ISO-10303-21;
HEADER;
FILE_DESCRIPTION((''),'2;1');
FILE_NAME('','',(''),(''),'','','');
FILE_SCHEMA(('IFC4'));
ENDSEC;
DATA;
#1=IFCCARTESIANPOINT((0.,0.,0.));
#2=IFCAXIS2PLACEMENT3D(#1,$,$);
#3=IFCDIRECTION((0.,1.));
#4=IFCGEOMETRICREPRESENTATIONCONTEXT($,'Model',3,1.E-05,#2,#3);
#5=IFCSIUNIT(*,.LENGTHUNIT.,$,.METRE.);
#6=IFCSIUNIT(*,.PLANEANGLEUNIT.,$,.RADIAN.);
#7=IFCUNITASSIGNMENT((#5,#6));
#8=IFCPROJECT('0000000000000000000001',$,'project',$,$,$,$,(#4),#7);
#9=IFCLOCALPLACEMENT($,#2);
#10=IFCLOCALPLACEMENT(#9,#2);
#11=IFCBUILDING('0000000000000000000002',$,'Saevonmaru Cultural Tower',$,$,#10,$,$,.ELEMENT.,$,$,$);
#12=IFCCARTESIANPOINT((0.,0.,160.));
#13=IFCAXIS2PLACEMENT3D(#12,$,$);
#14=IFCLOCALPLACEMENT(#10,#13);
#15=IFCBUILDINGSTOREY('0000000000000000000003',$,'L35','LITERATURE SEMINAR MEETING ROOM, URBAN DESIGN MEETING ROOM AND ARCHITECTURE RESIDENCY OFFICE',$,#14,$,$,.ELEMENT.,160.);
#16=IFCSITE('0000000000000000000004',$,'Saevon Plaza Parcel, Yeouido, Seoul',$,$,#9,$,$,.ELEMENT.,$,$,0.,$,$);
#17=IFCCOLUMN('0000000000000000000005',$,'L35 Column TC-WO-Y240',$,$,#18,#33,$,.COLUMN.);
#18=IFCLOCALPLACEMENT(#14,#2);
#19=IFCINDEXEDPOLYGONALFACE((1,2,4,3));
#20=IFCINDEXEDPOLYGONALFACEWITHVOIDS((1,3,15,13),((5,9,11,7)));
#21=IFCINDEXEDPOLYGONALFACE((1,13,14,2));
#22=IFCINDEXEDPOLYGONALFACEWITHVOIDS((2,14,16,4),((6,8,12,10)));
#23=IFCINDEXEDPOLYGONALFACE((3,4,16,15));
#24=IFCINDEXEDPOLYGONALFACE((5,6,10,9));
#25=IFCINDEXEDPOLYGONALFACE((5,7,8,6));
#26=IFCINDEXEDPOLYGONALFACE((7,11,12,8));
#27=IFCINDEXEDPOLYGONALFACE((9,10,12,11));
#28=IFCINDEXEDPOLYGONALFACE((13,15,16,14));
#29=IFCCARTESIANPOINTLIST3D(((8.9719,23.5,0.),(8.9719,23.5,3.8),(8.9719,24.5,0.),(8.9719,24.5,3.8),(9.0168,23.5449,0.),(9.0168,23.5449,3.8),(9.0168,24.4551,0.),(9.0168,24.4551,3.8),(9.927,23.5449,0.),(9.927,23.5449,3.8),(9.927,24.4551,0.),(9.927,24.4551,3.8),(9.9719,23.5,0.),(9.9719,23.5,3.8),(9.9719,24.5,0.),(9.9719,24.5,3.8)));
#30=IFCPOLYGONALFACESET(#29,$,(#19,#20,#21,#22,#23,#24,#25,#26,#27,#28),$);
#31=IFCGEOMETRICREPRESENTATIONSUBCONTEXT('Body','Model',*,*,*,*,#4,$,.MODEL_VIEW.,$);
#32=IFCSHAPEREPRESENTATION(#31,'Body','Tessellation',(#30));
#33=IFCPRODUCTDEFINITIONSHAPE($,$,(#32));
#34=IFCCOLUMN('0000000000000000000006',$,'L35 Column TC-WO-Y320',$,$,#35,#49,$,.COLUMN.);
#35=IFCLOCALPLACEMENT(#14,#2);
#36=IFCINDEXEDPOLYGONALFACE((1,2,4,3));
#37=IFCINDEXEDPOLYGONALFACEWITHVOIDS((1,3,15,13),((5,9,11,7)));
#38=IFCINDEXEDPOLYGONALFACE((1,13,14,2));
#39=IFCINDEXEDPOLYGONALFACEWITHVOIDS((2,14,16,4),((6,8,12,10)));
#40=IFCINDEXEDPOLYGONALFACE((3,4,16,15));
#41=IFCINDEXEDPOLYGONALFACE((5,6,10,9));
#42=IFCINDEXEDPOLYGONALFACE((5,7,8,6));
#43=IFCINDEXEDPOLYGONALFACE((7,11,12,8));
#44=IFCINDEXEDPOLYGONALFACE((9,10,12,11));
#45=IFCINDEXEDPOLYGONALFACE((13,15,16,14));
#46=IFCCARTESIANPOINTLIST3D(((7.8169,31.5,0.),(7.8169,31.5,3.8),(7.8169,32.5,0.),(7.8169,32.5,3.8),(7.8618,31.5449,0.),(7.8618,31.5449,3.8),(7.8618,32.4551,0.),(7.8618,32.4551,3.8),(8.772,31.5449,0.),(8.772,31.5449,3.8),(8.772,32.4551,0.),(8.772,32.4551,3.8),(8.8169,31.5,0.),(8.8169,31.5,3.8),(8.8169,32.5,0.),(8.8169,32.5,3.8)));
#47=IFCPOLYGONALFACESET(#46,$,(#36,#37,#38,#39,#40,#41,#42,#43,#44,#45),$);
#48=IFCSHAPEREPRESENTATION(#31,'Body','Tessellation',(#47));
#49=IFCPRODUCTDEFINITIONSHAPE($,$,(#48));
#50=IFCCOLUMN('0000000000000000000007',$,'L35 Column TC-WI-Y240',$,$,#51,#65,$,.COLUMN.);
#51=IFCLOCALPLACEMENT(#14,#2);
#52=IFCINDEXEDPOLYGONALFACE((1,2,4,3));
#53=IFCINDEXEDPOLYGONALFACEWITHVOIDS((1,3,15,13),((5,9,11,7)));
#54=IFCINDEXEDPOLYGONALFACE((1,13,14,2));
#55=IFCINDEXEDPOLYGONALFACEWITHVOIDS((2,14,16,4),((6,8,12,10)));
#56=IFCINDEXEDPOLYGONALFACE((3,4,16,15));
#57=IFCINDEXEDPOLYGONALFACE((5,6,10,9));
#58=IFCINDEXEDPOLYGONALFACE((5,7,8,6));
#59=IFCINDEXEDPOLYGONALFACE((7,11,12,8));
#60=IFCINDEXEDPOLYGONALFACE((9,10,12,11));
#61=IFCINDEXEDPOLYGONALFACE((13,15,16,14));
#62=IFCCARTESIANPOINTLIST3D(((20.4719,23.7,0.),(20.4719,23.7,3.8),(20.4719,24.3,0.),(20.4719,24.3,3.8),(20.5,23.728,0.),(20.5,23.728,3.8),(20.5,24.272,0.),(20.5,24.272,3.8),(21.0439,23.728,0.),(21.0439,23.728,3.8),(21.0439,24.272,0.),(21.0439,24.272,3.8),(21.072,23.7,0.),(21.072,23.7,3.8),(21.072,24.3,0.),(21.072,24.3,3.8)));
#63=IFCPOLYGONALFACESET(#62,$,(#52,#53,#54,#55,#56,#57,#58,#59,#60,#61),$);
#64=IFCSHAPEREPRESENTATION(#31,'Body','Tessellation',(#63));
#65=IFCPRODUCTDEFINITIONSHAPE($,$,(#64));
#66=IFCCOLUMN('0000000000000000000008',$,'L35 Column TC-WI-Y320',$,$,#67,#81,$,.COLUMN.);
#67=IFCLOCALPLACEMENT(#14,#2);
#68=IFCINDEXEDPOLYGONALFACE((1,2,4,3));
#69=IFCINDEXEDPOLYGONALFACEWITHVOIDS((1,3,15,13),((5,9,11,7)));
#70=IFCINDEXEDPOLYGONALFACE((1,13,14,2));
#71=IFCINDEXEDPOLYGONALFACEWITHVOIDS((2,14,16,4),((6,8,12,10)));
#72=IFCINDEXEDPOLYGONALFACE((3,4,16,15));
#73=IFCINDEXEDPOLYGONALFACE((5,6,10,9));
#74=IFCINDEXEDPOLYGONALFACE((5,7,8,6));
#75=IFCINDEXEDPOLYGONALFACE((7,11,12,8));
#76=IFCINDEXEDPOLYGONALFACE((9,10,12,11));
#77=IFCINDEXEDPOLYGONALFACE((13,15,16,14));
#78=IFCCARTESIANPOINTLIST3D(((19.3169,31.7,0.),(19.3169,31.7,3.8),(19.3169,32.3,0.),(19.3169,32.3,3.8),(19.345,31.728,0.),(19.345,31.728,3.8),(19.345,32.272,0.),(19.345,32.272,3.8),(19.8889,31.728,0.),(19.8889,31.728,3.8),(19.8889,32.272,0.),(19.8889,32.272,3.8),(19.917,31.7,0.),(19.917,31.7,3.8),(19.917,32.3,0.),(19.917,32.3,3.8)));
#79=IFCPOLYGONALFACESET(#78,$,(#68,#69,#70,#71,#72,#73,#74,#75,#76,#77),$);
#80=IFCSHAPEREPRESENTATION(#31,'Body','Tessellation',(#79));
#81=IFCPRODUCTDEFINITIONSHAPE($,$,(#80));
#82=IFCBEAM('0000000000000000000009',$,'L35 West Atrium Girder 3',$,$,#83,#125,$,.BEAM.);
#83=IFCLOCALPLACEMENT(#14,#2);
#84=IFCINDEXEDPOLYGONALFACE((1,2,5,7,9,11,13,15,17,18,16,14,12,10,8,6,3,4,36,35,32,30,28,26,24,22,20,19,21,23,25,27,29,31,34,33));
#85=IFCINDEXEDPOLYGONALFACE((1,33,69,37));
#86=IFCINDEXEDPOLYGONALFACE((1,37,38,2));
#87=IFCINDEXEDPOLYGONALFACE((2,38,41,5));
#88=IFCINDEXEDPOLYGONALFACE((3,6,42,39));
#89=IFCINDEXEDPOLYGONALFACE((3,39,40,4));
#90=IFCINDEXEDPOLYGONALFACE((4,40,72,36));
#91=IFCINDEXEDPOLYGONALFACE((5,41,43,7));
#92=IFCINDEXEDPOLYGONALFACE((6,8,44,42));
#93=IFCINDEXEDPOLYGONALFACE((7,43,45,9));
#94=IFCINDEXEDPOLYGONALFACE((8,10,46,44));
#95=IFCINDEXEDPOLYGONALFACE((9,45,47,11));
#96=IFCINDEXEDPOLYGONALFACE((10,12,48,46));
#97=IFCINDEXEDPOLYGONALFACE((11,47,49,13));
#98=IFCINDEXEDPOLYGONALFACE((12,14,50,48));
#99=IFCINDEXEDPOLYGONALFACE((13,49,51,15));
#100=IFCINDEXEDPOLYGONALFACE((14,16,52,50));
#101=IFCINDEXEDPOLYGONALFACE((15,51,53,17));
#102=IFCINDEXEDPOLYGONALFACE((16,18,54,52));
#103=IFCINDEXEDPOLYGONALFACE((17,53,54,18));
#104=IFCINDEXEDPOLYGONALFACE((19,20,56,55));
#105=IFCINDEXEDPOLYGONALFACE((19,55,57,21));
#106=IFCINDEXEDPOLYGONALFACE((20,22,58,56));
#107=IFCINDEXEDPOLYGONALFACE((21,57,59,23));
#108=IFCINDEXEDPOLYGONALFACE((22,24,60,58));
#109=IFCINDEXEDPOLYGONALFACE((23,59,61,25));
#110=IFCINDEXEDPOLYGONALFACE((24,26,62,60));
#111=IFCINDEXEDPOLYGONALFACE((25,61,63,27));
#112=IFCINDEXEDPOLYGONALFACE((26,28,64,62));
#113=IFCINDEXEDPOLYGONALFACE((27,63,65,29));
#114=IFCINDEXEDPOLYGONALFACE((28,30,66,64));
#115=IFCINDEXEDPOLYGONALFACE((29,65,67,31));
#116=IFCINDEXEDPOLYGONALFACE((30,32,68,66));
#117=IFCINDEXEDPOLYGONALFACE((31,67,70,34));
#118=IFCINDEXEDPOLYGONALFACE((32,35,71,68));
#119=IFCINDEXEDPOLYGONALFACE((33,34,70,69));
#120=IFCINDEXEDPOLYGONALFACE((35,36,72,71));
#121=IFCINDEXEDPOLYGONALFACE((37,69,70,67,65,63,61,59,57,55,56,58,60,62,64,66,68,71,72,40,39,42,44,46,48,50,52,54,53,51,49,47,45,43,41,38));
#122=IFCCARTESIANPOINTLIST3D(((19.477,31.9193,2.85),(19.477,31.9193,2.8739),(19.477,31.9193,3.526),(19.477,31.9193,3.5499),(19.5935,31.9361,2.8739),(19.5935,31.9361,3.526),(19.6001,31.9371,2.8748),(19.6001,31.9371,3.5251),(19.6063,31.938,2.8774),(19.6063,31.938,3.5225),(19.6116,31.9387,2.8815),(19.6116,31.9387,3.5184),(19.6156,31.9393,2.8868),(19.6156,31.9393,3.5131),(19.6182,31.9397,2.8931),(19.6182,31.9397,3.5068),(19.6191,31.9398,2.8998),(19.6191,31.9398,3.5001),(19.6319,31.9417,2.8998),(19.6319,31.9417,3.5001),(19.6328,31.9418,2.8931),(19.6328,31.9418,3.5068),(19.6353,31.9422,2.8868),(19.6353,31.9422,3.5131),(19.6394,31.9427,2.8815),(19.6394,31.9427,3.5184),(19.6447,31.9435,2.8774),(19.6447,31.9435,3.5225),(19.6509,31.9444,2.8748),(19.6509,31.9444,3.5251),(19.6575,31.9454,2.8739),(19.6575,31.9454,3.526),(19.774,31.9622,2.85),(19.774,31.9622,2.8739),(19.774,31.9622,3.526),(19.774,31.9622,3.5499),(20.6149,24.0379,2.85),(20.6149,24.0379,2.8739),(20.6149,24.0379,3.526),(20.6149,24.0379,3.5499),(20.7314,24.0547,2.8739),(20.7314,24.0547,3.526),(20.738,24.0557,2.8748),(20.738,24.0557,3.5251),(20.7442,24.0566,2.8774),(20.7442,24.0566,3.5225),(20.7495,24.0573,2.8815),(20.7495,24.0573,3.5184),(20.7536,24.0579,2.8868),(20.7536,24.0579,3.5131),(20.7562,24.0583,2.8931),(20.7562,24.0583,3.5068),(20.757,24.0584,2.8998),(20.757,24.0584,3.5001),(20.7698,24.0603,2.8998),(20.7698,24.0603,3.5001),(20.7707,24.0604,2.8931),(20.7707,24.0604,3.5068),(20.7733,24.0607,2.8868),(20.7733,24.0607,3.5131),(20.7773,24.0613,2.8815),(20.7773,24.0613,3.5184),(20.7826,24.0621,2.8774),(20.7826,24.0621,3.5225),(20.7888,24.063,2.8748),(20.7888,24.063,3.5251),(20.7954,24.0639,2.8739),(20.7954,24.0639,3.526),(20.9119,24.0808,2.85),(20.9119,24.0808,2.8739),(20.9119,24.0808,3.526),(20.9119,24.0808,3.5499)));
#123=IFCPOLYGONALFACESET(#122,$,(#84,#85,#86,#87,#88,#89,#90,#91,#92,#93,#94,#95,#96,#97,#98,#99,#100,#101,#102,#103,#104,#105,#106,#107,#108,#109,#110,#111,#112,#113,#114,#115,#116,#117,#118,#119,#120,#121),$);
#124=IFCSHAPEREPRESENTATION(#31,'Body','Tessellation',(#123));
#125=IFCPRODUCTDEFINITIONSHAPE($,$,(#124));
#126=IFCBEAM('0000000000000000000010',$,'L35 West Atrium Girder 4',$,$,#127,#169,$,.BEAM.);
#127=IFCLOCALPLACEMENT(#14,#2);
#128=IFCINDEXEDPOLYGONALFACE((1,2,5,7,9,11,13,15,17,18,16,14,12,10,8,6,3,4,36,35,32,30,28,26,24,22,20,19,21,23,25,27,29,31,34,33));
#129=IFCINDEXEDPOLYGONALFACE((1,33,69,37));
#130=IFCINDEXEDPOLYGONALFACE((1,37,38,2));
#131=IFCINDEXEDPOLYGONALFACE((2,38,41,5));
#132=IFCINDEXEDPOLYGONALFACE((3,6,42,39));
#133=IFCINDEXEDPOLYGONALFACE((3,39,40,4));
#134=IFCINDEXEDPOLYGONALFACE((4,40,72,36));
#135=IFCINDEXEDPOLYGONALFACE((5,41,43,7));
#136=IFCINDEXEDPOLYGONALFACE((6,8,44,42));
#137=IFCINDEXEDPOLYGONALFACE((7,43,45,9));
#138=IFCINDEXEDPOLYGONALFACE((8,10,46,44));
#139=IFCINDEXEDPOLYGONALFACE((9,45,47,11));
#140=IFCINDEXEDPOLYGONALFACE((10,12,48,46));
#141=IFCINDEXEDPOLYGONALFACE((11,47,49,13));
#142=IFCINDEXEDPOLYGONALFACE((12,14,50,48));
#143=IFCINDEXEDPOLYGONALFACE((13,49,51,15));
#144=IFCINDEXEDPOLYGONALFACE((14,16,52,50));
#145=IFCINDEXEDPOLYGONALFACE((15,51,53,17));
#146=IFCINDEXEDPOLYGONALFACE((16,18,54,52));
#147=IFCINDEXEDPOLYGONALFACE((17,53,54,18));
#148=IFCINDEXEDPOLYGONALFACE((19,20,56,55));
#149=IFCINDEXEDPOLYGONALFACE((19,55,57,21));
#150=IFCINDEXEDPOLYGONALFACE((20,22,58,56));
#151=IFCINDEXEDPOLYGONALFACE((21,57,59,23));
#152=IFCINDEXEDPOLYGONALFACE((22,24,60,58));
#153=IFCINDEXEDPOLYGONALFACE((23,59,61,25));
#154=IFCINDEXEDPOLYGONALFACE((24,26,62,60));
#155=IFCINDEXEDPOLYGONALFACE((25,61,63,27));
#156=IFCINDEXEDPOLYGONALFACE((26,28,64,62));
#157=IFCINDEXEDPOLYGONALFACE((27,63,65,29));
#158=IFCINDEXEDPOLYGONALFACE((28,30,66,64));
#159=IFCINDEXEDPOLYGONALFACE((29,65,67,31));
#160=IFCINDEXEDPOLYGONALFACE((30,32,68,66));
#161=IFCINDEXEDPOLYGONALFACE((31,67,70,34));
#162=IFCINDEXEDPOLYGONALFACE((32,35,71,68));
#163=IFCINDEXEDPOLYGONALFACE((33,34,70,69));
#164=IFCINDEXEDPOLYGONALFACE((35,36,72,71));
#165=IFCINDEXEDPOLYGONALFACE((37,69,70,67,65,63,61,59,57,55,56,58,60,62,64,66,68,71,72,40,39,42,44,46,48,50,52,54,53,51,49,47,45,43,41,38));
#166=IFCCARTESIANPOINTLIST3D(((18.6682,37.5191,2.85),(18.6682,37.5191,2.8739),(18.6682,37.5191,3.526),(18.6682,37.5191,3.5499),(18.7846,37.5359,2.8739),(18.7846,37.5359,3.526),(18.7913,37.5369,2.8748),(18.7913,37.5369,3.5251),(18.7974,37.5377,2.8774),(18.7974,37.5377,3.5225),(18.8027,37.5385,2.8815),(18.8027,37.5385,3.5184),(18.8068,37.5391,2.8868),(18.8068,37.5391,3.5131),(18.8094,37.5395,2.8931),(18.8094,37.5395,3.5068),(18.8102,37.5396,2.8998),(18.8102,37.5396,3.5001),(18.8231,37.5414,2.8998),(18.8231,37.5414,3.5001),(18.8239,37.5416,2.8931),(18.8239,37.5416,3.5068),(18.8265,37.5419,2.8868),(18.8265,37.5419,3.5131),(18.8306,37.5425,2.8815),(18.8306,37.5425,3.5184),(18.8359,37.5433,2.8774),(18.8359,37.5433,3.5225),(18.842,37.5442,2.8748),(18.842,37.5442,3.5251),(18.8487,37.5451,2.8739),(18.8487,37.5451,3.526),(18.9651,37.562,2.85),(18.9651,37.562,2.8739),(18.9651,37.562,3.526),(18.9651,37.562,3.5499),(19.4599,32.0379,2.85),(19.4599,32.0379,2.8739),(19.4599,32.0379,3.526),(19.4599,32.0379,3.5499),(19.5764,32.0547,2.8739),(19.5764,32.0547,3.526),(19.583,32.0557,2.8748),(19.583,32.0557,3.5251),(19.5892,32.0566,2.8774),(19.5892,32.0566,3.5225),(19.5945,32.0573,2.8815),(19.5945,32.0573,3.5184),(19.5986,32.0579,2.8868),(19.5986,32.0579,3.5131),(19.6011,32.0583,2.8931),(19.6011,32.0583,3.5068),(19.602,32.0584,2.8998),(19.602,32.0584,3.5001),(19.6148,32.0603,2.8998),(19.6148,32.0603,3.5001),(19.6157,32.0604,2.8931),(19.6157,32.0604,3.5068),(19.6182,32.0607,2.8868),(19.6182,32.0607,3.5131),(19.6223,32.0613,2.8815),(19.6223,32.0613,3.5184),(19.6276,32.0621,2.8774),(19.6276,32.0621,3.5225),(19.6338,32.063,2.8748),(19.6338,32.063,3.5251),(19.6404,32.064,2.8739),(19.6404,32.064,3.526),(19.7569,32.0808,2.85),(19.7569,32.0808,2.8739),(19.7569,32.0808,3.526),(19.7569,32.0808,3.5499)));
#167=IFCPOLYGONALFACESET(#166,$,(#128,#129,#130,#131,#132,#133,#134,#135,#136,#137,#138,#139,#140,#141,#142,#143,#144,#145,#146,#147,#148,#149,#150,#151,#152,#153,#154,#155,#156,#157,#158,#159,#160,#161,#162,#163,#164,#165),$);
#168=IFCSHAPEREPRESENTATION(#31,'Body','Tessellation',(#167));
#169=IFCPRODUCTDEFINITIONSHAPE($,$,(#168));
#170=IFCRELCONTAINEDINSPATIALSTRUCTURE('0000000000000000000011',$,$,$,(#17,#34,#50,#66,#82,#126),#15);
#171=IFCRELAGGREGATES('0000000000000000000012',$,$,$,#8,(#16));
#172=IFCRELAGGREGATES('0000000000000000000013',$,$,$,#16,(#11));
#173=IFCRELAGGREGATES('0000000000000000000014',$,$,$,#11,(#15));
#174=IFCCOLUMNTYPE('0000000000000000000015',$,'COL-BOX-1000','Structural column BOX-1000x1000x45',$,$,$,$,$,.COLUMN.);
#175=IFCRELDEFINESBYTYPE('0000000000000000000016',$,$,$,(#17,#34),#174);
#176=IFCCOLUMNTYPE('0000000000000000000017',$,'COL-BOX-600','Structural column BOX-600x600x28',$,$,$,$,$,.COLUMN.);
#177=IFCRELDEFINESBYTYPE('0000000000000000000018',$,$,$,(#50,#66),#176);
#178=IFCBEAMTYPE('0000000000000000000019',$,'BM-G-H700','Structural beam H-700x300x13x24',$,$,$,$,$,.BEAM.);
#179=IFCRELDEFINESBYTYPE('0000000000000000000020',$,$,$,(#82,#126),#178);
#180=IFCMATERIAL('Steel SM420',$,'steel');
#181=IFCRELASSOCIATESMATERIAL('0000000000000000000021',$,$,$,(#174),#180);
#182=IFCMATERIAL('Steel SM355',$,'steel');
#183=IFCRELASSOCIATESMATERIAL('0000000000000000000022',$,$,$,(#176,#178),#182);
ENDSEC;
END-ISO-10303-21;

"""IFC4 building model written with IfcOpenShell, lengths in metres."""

from ifc_helpers import new_model, si_unit, direction, frame, origin, origin_2d, place, context, subcontext, project, spatial, hollow_rectangle, i_section, extrude, material, material_profile, profile_set, type_object, element, save


model = new_model("IFC4")

# Units and contexts
model_context = context("Model", 3, precision=1e-05, world=origin(), true_north=direction((0.0, 1.0)))
body_context = subcontext(model_context, "Body", "Model", "MODEL_VIEW")
ifc_project = project(units=[si_unit("LENGTHUNIT", "METRE"), si_unit("PLANEANGLEUNIT", "RADIAN")], contexts=[model_context])

# Site, building, storey
site_placement = place(None, origin())
site = spatial("IfcSite", under=ifc_project, at=site_placement, Name="Saevon Plaza Parcel, Yeouido, Seoul", CompositionType="ELEMENT", RefElevation=0.0)
building_placement = place(site_placement, origin())
building = spatial("IfcBuilding", under=site, at=building_placement, Name="Saevonmaru Cultural Tower", CompositionType="ELEMENT")
storey_placement = place(building_placement, frame((0.0, 0.0, 160.0)))
storey = spatial("IfcBuildingStorey", under=building, at=storey_placement, Name="L35", Description="LITERATURE SEMINAR MEETING ROOM, URBAN DESIGN MEETING ROOM AND ARCHITECTURE RESIDENCY OFFICE", CompositionType="ELEMENT", Elevation=160.0)

# Columns
ifc_material_1 = material(Name="Steel SM420", Category="steel")
ifc_material_profile_1 = material_profile(ifc_material_1, hollow_rectangle(XDim=1.0, YDim=1.0, WallThickness=0.0449, at=origin_2d()), Name="BOX-1000x1000x45")
ifc_profile_set_1 = profile_set([ifc_material_profile_1], Name="Steel SM420")
column_type_1 = type_object("IfcColumnType", Name="COL-BOX-1000", Description="Structural column BOX-1000x1000x45", PredefinedType="COLUMN", material=ifc_profile_set_1)
for number, where, z_axis, x_axis, name in (
    (1, (9.4719, 24.0, 0.0), (0.0, 0.0, 1.0), (1.0, 0.0, 0.0), "L35 Column TC-WO-Y240"),
    (2, (8.3169, 32.0, 0.0), (0.0, 0.0, 1.0), (1.0, 0.0, 0.0), "L35 Column TC-WO-Y320"),
):
    element("IfcColumn", number, at=place(storey_placement, frame(where, z_axis=z_axis, x_axis=x_axis)), inside=storey, type_object=column_type_1, Name=name, PredefinedType="COLUMN", context=body_context, shape_type="SweptSolid", body=[
        extrude(hollow_rectangle(XDim=1.0, YDim=1.0, WallThickness=0.0449, at=origin_2d()), origin(), (0.0, 0.0, 1.0), 3.8),
    ])
ifc_material_2 = material(Name="Steel SM355", Category="steel")
ifc_material_profile_2 = material_profile(ifc_material_2, hollow_rectangle(XDim=0.6001, YDim=0.6001, WallThickness=0.0281, at=origin_2d()), Name="BOX-600x600x28")
ifc_profile_set_2 = profile_set([ifc_material_profile_2], Name="Steel SM355")
column_type_2 = type_object("IfcColumnType", Name="COL-BOX-600", Description="Structural column BOX-600x600x28", PredefinedType="COLUMN", material=ifc_profile_set_2)
for number, where, z_axis, x_axis, name in (
    (3, (20.772, 24.0, 0.0), (0.0, 0.0, 1.0), (1.0, 0.0, 0.0), "L35 Column TC-WI-Y240"),
    (4, (19.6169, 32.0, 0.0), (0.0, 0.0, 1.0), (1.0, 0.0, 0.0), "L35 Column TC-WI-Y320"),
):
    element("IfcColumn", number, at=place(storey_placement, frame(where, z_axis=z_axis, x_axis=x_axis)), inside=storey, type_object=column_type_2, Name=name, PredefinedType="COLUMN", context=body_context, shape_type="SweptSolid", body=[
        extrude(hollow_rectangle(XDim=0.6001, YDim=0.6001, WallThickness=0.0281, at=origin_2d()), origin(), (0.0, 0.0, 1.0), 3.8),
    ])

# Beams
ifc_material_profile_3 = material_profile(ifc_material_2, i_section(OverallWidth=0.3, OverallDepth=0.7, WebThickness=0.0129, FlangeThickness=0.0239, FilletRadius=0.0259, at=origin_2d()), Name="H-700x300x13x24")
ifc_profile_set_3 = profile_set([ifc_material_profile_3], Name="Steel SM355")
beam_type_1 = type_object("IfcBeamType", Name="BM-G-H700", Description="Structural beam H-700x300x13x24", PredefinedType="BEAM", material=ifc_profile_set_3)
beam_1_placement = place(storey_placement, frame((20.7634, 24.0593, 3.2), z_axis=(-0.142902, 0.989737, 0.0), x_axis=(-0.989737, -0.142902, 0.0)))
element("IfcBeam", 5, at=beam_1_placement, inside=storey, type_object=beam_type_1, Name="L35 West Atrium Girder 3", PredefinedType="BEAM", context=body_context, shape_type="SweptSolid", body=[
    extrude(i_section(OverallWidth=0.3, OverallDepth=0.7, WebThickness=0.0129, FlangeThickness=0.0239, FilletRadius=0.0259, at=origin_2d()), origin(), (0.0, 0.0, 1.0), 7.9631),
])
beam_2_placement = place(storey_placement, frame((19.6084, 32.0593, 3.2), z_axis=(-0.142964, 0.989728, 0.0), x_axis=(-0.989728, -0.142964, 0.0)))
element("IfcBeam", 6, at=beam_2_placement, inside=storey, type_object=beam_type_1, Name="L35 West Atrium Girder 4", PredefinedType="BEAM", context=body_context, shape_type="SweptSolid", body=[
    extrude(i_section(OverallWidth=0.3, OverallDepth=0.7, WebThickness=0.0129, FlangeThickness=0.0239, FilletRadius=0.0259, at=origin_2d()), origin(), (0.0, 0.0, 1.0), 5.5381),
])

save(model, "model.ifc")
